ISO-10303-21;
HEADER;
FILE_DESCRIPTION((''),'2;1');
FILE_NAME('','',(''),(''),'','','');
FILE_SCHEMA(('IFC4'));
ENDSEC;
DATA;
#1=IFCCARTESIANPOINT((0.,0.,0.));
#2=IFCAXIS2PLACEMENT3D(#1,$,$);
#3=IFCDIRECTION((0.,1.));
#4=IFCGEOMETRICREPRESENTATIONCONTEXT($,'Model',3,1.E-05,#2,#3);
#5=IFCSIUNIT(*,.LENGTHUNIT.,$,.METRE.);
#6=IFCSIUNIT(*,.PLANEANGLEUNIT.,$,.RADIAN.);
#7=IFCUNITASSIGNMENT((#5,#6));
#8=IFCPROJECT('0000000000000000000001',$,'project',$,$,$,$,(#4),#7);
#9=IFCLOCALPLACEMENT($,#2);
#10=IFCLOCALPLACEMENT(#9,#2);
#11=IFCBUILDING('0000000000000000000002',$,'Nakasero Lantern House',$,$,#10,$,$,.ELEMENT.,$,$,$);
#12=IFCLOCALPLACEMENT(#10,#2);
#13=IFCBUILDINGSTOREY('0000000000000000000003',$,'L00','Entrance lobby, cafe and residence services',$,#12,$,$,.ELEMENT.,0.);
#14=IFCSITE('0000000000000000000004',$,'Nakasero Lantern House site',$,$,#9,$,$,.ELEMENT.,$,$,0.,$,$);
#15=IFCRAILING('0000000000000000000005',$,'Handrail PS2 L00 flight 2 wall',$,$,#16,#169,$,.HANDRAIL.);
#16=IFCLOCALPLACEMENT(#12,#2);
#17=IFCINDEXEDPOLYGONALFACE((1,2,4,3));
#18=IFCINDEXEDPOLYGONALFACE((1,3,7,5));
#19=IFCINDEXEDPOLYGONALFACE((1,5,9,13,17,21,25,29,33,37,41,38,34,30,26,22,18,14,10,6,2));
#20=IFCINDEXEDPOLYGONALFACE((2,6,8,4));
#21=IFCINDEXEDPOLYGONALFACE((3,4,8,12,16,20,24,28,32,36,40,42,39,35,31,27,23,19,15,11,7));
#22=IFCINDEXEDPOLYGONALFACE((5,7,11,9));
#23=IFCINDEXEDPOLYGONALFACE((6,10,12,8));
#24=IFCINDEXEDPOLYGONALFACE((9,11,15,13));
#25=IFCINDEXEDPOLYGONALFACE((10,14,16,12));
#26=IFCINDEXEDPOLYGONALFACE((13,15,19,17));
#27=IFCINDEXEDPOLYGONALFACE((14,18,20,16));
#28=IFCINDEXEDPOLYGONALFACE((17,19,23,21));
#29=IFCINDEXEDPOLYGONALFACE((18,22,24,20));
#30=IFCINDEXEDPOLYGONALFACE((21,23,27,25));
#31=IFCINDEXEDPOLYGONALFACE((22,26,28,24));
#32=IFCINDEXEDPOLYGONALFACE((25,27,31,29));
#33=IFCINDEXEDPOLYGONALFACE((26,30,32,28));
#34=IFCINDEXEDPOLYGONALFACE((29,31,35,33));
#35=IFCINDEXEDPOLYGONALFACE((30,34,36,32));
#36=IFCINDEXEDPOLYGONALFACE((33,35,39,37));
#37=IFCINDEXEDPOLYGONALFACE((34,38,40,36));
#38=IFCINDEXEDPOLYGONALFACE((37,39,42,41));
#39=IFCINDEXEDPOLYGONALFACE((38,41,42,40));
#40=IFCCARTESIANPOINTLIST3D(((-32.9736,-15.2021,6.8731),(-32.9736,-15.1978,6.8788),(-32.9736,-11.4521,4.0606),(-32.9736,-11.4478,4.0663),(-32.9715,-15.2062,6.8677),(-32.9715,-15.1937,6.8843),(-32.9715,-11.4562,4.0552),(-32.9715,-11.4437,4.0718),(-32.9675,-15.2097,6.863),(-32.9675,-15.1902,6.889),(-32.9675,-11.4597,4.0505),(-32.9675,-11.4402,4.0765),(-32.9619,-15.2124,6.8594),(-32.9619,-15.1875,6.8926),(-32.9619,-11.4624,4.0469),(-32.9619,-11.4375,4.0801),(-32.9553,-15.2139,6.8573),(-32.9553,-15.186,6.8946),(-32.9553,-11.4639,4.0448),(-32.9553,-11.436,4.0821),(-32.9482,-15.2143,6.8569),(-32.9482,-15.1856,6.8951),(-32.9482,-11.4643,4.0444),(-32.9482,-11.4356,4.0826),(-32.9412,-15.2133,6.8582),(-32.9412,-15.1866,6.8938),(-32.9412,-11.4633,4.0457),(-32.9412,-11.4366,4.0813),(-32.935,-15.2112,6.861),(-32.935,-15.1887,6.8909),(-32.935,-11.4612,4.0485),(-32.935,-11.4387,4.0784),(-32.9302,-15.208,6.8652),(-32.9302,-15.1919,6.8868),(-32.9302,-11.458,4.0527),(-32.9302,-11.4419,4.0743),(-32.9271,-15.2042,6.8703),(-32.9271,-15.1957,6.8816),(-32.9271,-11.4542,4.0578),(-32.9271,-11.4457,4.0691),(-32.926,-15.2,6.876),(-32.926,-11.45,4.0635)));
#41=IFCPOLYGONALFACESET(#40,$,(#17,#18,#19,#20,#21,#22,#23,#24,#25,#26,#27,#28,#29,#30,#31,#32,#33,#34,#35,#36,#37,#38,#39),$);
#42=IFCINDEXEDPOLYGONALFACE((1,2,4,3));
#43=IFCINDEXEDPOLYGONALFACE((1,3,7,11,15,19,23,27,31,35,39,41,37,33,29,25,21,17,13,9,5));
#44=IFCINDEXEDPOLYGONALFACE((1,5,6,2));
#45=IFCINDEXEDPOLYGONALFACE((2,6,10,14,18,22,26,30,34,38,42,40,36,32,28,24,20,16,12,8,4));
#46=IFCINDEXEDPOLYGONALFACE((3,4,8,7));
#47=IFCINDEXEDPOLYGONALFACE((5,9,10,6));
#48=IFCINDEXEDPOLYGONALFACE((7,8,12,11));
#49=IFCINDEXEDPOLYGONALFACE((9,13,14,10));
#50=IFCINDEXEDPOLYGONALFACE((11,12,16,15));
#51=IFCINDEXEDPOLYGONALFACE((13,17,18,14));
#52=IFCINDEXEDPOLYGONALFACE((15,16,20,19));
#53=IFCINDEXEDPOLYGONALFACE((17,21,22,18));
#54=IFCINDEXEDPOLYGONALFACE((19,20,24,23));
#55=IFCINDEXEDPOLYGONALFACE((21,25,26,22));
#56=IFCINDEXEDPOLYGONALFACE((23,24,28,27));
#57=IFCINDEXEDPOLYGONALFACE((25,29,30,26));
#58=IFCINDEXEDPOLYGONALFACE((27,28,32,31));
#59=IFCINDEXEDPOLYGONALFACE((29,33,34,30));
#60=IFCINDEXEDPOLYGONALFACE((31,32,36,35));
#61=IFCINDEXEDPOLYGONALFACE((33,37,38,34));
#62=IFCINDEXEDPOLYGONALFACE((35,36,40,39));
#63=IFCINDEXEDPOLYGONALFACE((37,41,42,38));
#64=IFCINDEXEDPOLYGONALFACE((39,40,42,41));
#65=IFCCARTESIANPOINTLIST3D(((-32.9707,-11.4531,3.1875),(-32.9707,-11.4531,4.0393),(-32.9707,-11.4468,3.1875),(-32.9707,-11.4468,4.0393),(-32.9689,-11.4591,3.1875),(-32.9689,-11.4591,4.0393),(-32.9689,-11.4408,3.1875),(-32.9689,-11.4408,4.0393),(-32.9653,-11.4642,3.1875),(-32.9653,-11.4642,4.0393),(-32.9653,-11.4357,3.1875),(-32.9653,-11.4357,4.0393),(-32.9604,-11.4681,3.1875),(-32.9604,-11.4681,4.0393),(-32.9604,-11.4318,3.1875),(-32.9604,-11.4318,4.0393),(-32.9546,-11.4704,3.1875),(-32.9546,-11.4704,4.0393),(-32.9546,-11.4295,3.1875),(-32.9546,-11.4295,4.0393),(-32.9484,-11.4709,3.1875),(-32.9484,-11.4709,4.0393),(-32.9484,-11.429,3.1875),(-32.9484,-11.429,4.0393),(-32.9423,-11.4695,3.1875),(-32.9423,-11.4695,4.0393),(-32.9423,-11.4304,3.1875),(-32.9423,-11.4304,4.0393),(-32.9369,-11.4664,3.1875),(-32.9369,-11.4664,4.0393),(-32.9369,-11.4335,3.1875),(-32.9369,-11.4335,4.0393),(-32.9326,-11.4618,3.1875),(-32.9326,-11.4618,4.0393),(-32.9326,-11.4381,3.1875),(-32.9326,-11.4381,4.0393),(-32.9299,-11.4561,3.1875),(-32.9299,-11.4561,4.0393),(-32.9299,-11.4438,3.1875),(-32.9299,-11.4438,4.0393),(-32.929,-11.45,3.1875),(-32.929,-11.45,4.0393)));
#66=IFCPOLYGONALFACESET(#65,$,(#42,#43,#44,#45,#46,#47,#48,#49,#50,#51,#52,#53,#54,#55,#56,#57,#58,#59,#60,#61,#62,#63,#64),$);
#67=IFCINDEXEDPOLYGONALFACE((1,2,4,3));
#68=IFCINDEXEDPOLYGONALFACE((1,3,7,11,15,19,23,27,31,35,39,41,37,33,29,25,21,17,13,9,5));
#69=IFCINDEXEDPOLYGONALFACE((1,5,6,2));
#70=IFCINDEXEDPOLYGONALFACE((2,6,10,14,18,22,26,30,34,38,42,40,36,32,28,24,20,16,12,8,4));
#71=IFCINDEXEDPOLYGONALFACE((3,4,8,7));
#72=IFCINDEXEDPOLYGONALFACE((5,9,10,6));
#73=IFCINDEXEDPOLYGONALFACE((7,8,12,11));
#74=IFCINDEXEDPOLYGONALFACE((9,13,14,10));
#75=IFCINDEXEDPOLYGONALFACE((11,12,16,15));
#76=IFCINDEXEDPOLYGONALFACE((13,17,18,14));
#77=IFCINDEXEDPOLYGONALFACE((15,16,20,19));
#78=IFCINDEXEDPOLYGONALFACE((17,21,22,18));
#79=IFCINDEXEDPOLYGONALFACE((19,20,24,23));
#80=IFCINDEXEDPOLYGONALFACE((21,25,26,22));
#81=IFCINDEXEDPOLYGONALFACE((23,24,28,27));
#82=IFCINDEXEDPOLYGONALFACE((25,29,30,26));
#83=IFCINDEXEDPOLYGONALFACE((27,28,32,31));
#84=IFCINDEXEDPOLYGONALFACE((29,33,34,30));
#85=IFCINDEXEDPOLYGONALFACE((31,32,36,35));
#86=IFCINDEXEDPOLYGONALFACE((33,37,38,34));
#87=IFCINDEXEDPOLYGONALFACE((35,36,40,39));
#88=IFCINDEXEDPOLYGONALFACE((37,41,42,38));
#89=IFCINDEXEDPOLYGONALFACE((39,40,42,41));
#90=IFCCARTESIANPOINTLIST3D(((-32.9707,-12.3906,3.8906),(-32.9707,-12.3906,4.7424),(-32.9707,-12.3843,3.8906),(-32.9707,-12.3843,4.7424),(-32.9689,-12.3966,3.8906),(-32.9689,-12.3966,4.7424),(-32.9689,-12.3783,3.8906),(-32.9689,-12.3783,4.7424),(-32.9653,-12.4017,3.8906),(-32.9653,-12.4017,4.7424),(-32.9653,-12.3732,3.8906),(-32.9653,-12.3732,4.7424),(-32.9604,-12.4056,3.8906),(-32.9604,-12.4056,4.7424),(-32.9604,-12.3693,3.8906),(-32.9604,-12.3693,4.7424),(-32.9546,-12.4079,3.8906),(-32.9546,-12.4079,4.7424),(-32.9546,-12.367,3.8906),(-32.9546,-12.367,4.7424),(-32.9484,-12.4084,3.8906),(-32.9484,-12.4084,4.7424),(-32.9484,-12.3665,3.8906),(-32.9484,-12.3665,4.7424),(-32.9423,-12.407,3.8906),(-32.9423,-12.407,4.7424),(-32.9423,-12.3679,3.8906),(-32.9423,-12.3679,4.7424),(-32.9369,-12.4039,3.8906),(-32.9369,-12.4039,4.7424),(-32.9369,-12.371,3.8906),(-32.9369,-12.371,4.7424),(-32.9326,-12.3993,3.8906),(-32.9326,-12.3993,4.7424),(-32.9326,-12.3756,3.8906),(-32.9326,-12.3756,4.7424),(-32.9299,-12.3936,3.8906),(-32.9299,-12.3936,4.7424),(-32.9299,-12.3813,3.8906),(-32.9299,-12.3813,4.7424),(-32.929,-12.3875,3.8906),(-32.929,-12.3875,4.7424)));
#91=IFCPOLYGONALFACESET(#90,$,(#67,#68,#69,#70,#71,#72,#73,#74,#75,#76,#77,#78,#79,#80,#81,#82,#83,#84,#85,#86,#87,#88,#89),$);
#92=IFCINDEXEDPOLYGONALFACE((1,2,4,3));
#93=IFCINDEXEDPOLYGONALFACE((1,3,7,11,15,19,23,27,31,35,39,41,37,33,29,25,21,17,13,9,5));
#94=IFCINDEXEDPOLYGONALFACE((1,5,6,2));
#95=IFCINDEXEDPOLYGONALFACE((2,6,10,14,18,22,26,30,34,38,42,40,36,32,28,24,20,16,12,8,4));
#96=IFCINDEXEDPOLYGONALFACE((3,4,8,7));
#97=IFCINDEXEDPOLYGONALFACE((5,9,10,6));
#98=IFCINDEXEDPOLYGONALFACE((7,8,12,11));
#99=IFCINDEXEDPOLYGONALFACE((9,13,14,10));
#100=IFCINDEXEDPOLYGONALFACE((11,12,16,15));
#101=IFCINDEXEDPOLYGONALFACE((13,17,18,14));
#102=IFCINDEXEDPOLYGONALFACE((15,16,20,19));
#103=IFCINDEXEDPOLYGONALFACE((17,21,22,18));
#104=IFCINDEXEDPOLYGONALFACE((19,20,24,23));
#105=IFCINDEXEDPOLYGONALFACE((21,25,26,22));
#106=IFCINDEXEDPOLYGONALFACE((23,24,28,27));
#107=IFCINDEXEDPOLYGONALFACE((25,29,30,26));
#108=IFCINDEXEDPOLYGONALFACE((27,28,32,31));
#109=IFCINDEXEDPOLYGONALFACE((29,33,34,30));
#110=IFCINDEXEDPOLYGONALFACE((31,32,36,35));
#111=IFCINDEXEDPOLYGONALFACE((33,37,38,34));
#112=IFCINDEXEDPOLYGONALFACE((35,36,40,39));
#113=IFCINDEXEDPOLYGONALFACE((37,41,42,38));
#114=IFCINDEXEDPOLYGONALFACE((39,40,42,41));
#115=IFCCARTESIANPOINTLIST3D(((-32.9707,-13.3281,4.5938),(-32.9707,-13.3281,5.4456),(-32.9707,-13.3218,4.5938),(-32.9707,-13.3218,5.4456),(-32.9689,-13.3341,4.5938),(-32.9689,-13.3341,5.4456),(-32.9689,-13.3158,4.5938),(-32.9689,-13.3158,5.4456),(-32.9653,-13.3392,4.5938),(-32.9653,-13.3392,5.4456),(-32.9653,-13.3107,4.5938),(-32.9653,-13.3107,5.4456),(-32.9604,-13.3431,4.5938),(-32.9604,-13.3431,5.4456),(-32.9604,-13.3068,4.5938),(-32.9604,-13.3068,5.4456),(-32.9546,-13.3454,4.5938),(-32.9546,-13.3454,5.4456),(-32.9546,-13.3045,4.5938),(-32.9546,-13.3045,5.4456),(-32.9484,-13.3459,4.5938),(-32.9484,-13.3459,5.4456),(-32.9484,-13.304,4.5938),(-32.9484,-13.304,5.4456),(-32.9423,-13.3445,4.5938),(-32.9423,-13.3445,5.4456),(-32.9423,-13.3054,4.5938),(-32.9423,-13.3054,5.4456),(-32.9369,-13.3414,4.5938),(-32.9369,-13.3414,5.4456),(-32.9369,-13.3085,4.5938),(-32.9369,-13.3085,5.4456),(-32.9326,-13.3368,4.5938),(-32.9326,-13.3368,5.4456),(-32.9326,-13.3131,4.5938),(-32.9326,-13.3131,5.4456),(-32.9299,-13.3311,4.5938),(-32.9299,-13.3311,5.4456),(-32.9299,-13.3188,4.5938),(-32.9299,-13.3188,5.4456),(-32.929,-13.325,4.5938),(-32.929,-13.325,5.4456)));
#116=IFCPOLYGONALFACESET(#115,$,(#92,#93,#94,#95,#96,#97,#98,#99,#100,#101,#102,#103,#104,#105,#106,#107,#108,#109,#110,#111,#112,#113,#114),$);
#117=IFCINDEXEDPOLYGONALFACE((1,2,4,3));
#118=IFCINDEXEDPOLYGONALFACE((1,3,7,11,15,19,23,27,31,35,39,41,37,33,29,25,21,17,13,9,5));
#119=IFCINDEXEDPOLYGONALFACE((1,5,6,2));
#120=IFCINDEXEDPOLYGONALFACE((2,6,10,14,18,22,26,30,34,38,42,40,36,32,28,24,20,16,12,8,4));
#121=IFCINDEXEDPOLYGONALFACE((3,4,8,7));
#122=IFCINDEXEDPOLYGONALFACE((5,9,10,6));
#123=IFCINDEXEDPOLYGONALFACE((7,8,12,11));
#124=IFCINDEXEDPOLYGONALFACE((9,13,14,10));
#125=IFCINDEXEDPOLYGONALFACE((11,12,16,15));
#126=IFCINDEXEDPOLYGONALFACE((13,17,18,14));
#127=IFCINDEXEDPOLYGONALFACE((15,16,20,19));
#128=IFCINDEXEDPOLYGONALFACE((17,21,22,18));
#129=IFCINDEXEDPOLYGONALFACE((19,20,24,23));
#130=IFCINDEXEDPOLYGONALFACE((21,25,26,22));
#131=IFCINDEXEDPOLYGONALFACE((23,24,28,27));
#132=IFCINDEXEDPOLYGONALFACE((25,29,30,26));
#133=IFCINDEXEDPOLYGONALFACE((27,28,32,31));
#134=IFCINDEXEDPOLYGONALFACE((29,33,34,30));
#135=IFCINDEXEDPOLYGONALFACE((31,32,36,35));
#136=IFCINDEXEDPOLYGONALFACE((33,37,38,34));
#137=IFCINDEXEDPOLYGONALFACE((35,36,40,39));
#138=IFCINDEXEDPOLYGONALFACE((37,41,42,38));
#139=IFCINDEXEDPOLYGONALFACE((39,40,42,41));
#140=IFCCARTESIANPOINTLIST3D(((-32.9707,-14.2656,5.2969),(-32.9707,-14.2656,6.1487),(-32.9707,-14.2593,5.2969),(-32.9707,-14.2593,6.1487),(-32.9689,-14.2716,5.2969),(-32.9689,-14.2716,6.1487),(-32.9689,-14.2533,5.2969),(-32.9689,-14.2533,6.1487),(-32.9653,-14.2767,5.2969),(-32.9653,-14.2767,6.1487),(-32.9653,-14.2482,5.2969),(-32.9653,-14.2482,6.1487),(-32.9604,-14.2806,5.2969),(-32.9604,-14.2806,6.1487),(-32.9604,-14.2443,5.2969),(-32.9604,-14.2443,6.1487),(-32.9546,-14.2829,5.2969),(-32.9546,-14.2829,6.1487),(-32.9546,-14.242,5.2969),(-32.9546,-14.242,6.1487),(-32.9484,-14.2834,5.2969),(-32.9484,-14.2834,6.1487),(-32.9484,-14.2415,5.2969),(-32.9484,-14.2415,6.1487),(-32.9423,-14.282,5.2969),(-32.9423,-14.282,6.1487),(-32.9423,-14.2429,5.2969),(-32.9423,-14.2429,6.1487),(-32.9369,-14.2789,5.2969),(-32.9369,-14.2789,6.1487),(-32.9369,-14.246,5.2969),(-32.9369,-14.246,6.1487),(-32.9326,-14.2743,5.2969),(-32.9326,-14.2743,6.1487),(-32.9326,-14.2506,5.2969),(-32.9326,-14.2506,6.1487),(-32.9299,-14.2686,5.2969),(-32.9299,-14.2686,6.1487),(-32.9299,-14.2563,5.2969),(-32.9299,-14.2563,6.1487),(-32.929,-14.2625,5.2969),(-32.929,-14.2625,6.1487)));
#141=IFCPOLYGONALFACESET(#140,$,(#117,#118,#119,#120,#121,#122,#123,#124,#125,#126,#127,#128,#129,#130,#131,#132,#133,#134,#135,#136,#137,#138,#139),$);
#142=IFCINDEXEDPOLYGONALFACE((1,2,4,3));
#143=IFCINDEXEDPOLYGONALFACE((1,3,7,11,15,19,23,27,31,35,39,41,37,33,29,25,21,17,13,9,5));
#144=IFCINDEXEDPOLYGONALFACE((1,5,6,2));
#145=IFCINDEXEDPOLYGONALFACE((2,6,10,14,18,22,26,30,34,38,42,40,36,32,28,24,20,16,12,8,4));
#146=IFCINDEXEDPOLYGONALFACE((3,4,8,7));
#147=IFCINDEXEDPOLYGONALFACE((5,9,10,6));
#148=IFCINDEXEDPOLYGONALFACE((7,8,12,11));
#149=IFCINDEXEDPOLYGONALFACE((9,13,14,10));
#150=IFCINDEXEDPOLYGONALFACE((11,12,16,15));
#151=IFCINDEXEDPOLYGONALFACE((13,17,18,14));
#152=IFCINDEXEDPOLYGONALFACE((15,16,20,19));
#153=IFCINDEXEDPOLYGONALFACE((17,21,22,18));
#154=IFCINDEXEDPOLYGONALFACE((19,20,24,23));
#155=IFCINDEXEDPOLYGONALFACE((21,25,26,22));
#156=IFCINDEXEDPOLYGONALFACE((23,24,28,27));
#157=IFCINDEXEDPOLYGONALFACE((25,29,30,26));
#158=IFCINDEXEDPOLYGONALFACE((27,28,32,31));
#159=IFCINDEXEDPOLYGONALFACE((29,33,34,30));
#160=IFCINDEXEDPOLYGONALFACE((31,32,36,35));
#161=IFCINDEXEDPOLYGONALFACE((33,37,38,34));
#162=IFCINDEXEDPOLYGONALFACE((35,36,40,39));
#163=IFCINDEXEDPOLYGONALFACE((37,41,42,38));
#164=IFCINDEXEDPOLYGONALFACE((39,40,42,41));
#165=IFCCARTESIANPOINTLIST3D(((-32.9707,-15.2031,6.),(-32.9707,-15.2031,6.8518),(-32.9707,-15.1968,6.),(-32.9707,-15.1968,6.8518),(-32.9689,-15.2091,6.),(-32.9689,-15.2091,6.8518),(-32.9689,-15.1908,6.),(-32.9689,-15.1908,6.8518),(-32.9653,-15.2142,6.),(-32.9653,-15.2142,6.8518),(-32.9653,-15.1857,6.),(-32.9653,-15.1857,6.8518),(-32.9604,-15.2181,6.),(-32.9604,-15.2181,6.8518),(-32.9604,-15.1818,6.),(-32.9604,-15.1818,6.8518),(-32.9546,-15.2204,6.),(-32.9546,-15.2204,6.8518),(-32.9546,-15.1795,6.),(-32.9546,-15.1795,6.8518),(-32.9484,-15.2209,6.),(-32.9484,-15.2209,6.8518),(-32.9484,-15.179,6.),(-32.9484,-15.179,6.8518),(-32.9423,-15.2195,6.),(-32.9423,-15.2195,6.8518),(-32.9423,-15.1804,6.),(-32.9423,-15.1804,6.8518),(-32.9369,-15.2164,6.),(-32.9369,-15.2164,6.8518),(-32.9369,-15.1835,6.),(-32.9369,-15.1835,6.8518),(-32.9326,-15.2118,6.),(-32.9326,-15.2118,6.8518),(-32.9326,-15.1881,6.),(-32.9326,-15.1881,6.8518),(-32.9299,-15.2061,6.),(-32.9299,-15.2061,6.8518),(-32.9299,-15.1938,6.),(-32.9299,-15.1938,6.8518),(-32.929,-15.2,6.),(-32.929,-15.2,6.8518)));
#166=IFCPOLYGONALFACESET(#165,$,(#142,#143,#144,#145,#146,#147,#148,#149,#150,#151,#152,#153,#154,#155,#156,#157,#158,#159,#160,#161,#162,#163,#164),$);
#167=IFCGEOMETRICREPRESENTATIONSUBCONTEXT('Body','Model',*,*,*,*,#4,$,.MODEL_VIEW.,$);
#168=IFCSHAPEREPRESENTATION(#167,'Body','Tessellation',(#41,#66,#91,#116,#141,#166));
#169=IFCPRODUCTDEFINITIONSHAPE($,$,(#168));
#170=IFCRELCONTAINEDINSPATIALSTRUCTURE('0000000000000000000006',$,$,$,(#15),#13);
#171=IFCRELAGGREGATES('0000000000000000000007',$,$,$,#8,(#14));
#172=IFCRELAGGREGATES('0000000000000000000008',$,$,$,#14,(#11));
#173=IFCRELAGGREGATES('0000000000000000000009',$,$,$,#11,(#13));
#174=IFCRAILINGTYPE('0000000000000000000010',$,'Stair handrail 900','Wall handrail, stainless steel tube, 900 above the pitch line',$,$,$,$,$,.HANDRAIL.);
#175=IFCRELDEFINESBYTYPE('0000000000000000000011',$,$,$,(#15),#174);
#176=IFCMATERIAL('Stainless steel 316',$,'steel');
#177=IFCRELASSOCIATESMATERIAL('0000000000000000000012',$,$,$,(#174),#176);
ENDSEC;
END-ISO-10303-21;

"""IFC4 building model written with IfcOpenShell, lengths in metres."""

from ifc_helpers import new_model, si_unit, direction, frame, origin, origin_2d, place, context, subcontext, project, spatial, circle, extrude, material, type_object, element, save


model = new_model("IFC4")

# Units and contexts
model_context = context("Model", 3, precision=1e-05, world=origin(), true_north=direction((0.0, 1.0)))
body_context = subcontext(model_context, "Body", "Model", "MODEL_VIEW")
ifc_project = project(units=[si_unit("LENGTHUNIT", "METRE"), si_unit("PLANEANGLEUNIT", "RADIAN")], contexts=[model_context])

# Site, building, storey
site_placement = place(None, origin())
site = spatial("IfcSite", under=ifc_project, at=site_placement, Name="Nakasero Lantern House site", CompositionType="ELEMENT", RefElevation=0.0)
building_placement = place(site_placement, origin())
building = spatial("IfcBuilding", under=site, at=building_placement, Name="Nakasero Lantern House", CompositionType="ELEMENT")
storey_placement = place(building_placement, origin())
storey = spatial("IfcBuildingStorey", under=building, at=storey_placement, Name="L00", Description="Entrance lobby, cafe and residence services", CompositionType="ELEMENT", Elevation=0.0)

# Railing
ifc_material_1 = material(Name="Stainless steel 316", Category="steel")
railing_type = type_object("IfcRailingType", Name="Stair handrail 900", Description="Wall handrail, stainless steel tube, 900 above the pitch line", PredefinedType="HANDRAIL", material=ifc_material_1)
for number, where, name in (
    (1, (-32.95, -11.45, 3.1875), "Handrail PS2 L00 flight 2 wall"),
):
    element("IfcRailing", number, at=place(storey_placement, frame(where)), inside=storey, type_object=railing_type, Name=name, PredefinedType="HANDRAIL", context=body_context, shape_type="SweptSolid", body=[
        extrude(circle(Radius=0.0239, at=origin_2d()), frame((0.0, 0.0, 0.876), z_axis=(0.0, -0.8, 0.6), x_axis=(1.0, 0.0, 0.0)), (0.0, 0.0, 1.0), 4.6875),
        extrude(circle(Radius=0.021, at=origin_2d()), origin(), (0.0, 0.0, 1.0), 0.8518),
        extrude(circle(Radius=0.021, at=origin_2d()), frame((0.0, -0.9375, 0.7031)), (0.0, 0.0, 1.0), 0.8518),
        extrude(circle(Radius=0.021, at=origin_2d()), frame((0.0, -1.875, 1.4062)), (0.0, 0.0, 1.0), 0.8518),
        extrude(circle(Radius=0.021, at=origin_2d()), frame((0.0, -2.8125, 2.1094)), (0.0, 0.0, 1.0), 0.8518),
        extrude(circle(Radius=0.021, at=origin_2d()), frame((0.0, -3.75, 2.8125)), (0.0, 0.0, 1.0), 0.8518),
    ])

save(model, "model.ifc")
